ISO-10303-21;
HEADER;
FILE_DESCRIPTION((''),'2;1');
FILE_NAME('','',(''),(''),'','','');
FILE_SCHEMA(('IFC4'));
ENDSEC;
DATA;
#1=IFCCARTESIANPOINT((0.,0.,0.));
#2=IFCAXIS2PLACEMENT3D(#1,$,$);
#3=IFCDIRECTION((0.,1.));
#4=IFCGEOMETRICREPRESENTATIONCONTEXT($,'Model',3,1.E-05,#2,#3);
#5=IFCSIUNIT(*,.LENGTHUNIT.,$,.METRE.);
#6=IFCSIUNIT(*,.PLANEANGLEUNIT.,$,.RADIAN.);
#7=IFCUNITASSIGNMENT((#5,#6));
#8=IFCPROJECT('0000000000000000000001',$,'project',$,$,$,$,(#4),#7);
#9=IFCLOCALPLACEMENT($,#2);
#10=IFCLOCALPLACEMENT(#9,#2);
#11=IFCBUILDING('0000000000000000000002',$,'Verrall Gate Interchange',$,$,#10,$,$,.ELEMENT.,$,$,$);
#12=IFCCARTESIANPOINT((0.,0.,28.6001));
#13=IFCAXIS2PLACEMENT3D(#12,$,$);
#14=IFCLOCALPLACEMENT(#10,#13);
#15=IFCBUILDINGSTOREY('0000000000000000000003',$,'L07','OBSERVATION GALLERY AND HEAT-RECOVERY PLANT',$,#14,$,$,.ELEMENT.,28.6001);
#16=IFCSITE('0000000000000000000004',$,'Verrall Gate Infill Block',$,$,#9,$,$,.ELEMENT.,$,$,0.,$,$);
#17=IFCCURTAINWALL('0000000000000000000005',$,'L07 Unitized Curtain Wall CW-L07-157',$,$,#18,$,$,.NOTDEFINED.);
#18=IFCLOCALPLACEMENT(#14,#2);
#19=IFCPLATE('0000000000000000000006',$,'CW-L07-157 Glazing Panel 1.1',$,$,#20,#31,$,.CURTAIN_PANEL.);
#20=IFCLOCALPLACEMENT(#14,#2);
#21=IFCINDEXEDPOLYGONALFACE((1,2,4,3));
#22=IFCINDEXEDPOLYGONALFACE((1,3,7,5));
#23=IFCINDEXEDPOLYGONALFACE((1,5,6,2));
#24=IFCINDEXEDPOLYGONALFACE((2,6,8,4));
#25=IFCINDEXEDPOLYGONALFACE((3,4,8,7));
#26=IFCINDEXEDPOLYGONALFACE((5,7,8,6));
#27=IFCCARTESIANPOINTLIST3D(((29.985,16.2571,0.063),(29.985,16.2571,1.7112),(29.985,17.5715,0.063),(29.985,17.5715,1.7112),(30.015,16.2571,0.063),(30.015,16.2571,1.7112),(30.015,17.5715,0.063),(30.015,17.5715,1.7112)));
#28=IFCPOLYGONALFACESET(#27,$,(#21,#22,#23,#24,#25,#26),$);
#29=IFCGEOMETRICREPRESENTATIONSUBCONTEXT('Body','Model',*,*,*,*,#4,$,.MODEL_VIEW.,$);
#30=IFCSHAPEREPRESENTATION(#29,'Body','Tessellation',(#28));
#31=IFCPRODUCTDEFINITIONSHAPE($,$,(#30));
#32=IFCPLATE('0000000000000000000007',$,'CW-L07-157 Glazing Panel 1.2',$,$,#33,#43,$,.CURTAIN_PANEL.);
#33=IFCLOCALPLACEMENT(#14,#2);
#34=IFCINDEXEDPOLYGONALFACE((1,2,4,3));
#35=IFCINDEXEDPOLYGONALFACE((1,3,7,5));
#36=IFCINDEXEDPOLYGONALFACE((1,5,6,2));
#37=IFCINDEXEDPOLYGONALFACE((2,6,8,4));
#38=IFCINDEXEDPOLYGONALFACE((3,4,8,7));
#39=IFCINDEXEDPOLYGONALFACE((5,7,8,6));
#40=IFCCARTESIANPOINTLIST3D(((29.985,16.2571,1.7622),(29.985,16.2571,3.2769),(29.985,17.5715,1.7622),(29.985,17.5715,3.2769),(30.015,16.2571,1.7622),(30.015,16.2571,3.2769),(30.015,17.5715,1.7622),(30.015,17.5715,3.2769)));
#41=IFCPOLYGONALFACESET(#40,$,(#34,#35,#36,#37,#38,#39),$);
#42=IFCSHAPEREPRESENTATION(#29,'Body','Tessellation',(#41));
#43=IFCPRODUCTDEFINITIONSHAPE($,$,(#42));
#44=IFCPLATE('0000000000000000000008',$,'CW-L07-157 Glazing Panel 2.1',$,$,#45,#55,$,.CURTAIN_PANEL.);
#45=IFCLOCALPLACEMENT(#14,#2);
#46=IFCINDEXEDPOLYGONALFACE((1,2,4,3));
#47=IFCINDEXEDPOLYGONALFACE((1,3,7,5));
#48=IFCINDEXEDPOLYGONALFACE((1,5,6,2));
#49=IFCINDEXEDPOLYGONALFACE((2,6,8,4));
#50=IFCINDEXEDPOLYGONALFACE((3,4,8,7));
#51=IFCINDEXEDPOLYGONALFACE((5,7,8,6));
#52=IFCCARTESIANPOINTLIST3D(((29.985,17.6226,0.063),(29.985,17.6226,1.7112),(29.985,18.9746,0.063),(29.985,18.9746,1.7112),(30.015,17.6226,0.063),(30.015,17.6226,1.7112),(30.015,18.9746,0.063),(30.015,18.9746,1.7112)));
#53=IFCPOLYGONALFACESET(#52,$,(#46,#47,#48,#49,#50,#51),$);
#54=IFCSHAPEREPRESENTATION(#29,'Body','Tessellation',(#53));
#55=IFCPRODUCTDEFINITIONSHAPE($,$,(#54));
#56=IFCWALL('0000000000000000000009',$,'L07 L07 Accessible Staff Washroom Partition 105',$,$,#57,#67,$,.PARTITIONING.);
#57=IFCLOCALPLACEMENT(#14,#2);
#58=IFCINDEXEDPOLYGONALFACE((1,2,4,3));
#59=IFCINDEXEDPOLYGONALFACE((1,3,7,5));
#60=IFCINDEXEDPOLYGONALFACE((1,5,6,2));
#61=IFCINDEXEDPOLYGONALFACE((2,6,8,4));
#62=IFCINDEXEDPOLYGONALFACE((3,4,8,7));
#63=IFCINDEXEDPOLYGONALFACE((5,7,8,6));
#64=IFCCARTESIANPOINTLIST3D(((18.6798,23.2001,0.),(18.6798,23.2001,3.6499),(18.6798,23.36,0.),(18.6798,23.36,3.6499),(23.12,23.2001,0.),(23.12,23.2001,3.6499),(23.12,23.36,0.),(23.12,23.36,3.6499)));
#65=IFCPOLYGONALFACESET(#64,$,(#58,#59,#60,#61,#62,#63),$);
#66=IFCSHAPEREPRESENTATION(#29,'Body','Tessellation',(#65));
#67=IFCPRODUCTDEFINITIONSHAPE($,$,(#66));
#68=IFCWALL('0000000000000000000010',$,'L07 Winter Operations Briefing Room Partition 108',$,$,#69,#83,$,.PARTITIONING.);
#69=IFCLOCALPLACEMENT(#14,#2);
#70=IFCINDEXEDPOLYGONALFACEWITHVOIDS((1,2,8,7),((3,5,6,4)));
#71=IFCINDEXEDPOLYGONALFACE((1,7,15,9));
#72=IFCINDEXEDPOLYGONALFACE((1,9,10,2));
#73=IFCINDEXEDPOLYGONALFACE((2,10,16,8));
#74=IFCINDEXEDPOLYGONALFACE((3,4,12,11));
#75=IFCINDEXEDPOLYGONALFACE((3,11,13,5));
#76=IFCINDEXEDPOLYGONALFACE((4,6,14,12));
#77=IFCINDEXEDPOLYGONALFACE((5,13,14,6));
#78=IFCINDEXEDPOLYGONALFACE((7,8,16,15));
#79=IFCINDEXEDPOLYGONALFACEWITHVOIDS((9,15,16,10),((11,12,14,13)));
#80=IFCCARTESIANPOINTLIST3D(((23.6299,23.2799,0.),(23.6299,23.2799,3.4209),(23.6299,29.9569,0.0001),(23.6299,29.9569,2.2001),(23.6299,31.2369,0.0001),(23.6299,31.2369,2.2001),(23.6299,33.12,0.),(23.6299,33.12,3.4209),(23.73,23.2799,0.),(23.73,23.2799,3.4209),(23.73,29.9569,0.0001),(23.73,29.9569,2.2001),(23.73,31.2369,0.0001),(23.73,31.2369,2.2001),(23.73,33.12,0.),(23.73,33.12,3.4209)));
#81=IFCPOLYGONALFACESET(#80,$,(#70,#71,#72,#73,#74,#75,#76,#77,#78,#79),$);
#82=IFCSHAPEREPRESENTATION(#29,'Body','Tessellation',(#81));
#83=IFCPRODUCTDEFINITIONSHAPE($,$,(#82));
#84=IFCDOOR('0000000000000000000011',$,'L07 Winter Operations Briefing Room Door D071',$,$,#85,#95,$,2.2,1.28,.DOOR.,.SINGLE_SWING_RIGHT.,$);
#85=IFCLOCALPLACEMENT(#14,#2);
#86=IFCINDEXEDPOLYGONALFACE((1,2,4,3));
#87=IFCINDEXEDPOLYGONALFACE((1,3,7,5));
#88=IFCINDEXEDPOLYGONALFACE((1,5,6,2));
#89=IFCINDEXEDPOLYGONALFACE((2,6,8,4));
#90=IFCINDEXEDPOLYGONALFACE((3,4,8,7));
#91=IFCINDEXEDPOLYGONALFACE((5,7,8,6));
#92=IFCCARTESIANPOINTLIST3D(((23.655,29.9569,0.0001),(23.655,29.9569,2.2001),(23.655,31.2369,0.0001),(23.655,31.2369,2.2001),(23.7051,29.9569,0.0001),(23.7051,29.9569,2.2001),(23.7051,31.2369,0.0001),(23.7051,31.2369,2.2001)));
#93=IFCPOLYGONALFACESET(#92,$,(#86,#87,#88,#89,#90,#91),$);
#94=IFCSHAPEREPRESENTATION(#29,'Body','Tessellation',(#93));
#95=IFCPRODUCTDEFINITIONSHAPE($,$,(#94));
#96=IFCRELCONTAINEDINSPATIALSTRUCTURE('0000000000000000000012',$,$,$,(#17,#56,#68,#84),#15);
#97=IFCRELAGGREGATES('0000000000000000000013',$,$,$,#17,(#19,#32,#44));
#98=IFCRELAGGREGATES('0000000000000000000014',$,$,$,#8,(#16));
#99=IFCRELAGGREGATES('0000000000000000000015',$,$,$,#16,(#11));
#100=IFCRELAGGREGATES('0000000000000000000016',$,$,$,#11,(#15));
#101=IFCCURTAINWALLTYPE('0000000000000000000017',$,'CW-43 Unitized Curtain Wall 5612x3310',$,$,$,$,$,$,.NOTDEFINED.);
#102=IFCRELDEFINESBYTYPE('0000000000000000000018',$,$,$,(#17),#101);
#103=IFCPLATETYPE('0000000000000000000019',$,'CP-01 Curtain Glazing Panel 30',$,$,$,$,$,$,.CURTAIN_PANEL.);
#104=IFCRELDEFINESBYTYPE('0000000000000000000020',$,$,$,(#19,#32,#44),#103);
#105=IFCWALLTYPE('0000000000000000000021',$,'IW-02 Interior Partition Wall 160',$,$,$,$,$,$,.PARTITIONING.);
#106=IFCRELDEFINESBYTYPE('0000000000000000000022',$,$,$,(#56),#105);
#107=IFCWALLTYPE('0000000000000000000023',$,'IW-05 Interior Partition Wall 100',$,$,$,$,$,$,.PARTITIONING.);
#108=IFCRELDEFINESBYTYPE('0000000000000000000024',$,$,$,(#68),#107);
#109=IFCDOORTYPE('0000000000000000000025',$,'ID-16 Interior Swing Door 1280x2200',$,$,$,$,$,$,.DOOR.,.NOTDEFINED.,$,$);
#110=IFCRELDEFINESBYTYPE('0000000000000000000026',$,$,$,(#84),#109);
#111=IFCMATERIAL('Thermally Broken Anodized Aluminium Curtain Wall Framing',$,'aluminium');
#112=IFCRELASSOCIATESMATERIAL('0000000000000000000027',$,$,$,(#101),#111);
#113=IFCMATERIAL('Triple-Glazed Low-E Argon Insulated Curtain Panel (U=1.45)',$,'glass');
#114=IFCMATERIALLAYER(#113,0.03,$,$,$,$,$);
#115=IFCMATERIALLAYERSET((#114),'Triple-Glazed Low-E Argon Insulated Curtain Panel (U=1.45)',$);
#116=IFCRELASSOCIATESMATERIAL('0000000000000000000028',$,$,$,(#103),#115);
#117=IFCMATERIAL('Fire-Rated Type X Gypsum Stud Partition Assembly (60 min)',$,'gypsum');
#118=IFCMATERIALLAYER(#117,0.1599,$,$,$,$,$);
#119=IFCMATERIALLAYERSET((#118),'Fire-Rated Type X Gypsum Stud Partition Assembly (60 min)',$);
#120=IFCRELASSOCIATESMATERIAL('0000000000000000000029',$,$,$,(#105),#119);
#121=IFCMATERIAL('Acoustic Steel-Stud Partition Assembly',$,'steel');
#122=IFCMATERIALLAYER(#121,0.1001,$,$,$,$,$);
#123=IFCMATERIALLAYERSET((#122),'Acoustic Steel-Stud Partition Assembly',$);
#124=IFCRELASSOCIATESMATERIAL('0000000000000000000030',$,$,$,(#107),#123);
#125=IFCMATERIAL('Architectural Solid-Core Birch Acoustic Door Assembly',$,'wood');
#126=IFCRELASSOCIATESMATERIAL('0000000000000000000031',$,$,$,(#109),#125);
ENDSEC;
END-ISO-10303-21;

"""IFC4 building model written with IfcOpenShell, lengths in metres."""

from ifc_helpers import new_model, si_unit, direction, frame, frame_2d, origin, origin_2d, place, context, subcontext, project, spatial, rectangle, extrude, material, layer, layer_set, type_object, element, fill, aggregate, save


model = new_model("IFC4")

# Units and contexts
model_context = context("Model", 3, precision=1e-05, world=origin(), true_north=direction((0.0, 1.0)))
body_context = subcontext(model_context, "Body", "Model", "MODEL_VIEW")
ifc_project = project(units=[si_unit("LENGTHUNIT", "METRE"), si_unit("PLANEANGLEUNIT", "RADIAN")], contexts=[model_context])

# Site, building, storey
site_placement = place(None, origin())
site = spatial("IfcSite", under=ifc_project, at=site_placement, Name="Verrall Gate Infill Block", CompositionType="ELEMENT", RefElevation=0.0)
building_placement = place(site_placement, origin())
building = spatial("IfcBuilding", under=site, at=building_placement, Name="Verrall Gate Interchange", CompositionType="ELEMENT")
storey_placement = place(building_placement, frame((0.0, 0.0, 28.6001)))
storey = spatial("IfcBuildingStorey", under=building, at=storey_placement, Name="L07", Description="OBSERVATION GALLERY AND HEAT-RECOVERY PLANT", CompositionType="ELEMENT", Elevation=28.6001)

# Curtain wall
ifc_material_1 = material(Name="Thermally Broken Anodized Aluminium Curtain Wall Framing", Category="aluminium")
curtain_wall_type_1 = type_object("IfcCurtainWallType", Name="CW-43 Unitized Curtain Wall 5612x3310", PredefinedType="NOTDEFINED", material=ifc_material_1)
curtain_wall_1_placement = place(storey_placement, origin())
curtain_wall_1 = element("IfcCurtainWall", 1, at=curtain_wall_1_placement, inside=storey, type_object=curtain_wall_type_1, Name="L07 Unitized Curtain Wall CW-L07-157", PredefinedType="NOTDEFINED")

# Plates
ifc_material_2 = material(Name="Triple-Glazed Low-E Argon Insulated Curtain Panel (U=1.45)", Category="glass")
ifc_layer_1 = layer(ifc_material_2, 0.03)
ifc_layer_set_1 = layer_set([ifc_layer_1], Name="Triple-Glazed Low-E Argon Insulated Curtain Panel (U=1.45)")
plate_type_1 = type_object("IfcPlateType", Name="CP-01 Curtain Glazing Panel 30", PredefinedType="CURTAIN_PANEL", material=ifc_layer_set_1)
plate_1_placement = place(storey_placement, frame((30.0, 16.9143, 0.063), z_axis=(0.0, 0.0, 1.0), x_axis=(0.0, 1.0, 0.0)))
plate_1 = element("IfcPlate", 2, at=plate_1_placement, type_object=plate_type_1, Name="CW-L07-157 Glazing Panel 1.1", PredefinedType="CURTAIN_PANEL", context=body_context, shape_type="SweptSolid", body=[
    extrude(rectangle(XDim=1.3145, YDim=0.03, at=origin_2d()), origin(), (0.0, 0.0, 1.0), 1.6482),
])
plate_2_placement = place(storey_placement, frame((30.0, 16.9143, 1.7622), z_axis=(0.0, 0.0, 1.0), x_axis=(0.0, 1.0, 0.0)))
plate_2 = element("IfcPlate", 3, at=plate_2_placement, type_object=plate_type_1, Name="CW-L07-157 Glazing Panel 1.2", PredefinedType="CURTAIN_PANEL", context=body_context, shape_type="SweptSolid", body=[
    extrude(rectangle(XDim=1.3145, YDim=0.03, at=origin_2d()), origin(), (0.0, 0.0, 1.0), 1.5146),
])
plate_3_placement = place(storey_placement, frame((30.0, 18.2986, 0.063), z_axis=(0.0, 0.0, 1.0), x_axis=(0.0, 1.0, 0.0)))
plate_3 = element("IfcPlate", 4, at=plate_3_placement, type_object=plate_type_1, Name="CW-L07-157 Glazing Panel 2.1", PredefinedType="CURTAIN_PANEL", context=body_context, shape_type="SweptSolid", body=[
    extrude(rectangle(XDim=1.3521, YDim=0.03, at=origin_2d()), origin(), (0.0, 0.0, 1.0), 1.6482),
])
aggregate(curtain_wall_1, [plate_1, plate_2, plate_3])

# Wall
ifc_material_3 = material(Name="Fire-Rated Type X Gypsum Stud Partition Assembly (60 min)", Category="gypsum")
ifc_layer_2 = layer(ifc_material_3, 0.1599)
ifc_layer_set_2 = layer_set([ifc_layer_2], Name="Fire-Rated Type X Gypsum Stud Partition Assembly (60 min)")
wall_type_1 = type_object("IfcWallType", Name="IW-02 Interior Partition Wall 160", PredefinedType="PARTITIONING", material=ifc_layer_set_2)
wall_1_placement = place(storey_placement, frame((23.1201, 23.28, 0.0), z_axis=(0.0, 0.0, 1.0), x_axis=(-1.0, 0.0, 0.0)))
element("IfcWall", 5, at=wall_1_placement, inside=storey, type_object=wall_type_1, Name="L07 L07 Accessible Staff Washroom Partition 105", PredefinedType="PARTITIONING", context=body_context, shape_type="SweptSolid", body=[
    extrude(rectangle(XDim=4.4402, YDim=0.1599, at=frame_2d((2.2202, 0.0))), origin(), (0.0, 0.0, 1.0), 3.6499),
])

# Wall, opening, door
ifc_material_4 = material(Name="Acoustic Steel-Stud Partition Assembly", Category="steel")
ifc_layer_3 = layer(ifc_material_4, 0.1001)
ifc_layer_set_3 = layer_set([ifc_layer_3], Name="Acoustic Steel-Stud Partition Assembly")
wall_type_2 = type_object("IfcWallType", Name="IW-05 Interior Partition Wall 100", PredefinedType="PARTITIONING", material=ifc_layer_set_3)
wall_2_placement = place(storey_placement, frame((23.6799, 23.28, 0.0), z_axis=(0.0, 0.0, 1.0), x_axis=(0.0, 1.0, 0.0)))
wall_2 = element("IfcWall", 6, at=wall_2_placement, inside=storey, type_object=wall_type_2, Name="L07 Winter Operations Briefing Room Partition 108", PredefinedType="PARTITIONING", context=body_context, shape_type="SweptSolid", body=[
    extrude(rectangle(XDim=9.8401, YDim=0.1001, at=frame_2d((4.9199, 0.0))), origin(), (0.0, 0.0, 1.0), 3.4209),
])
opening_placement = place(wall_2_placement, frame((6.6768, 0.0, 0.0)))
opening = element("IfcOpeningElement", 7, at=opening_placement, cuts=wall_2, PredefinedType="OPENING", context=body_context, shape_type="SweptSolid", body=[
    extrude(rectangle(XDim=1.28, YDim=2.2, at=frame_2d((0.6401, 1.1001))), frame((0.0, 0.0649, 0.0), z_axis=(0.0, -1.0, 0.0), x_axis=(1.0, 0.0, 0.0)), (0.0, 0.0, 1.0), 0.1299),
])
ifc_material_5 = material(Name="Architectural Solid-Core Birch Acoustic Door Assembly", Category="wood")
door_type = type_object("IfcDoorType", Name="ID-16 Interior Swing Door 1280x2200", OperationType="NOTDEFINED", PredefinedType="DOOR", material=ifc_material_5)
door_placement = place(opening_placement, origin())
door = element("IfcDoor", 8, at=door_placement, inside=storey, type_object=door_type, Name="L07 Winter Operations Briefing Room Door D071", OperationType="SINGLE_SWING_RIGHT", OverallHeight=2.2, OverallWidth=1.28, PredefinedType="DOOR", context=body_context, shape_type="SweptSolid", body=[
    extrude(rectangle(XDim=1.28, YDim=2.2, at=frame_2d((0.6401, 1.1001))), frame((0.0, 0.0249, 0.0), z_axis=(0.0, -1.0, 0.0), x_axis=(1.0, 0.0, 0.0)), (0.0, 0.0, 1.0), 0.05),
])
fill(opening, door)

save(model, "model.ifc")
